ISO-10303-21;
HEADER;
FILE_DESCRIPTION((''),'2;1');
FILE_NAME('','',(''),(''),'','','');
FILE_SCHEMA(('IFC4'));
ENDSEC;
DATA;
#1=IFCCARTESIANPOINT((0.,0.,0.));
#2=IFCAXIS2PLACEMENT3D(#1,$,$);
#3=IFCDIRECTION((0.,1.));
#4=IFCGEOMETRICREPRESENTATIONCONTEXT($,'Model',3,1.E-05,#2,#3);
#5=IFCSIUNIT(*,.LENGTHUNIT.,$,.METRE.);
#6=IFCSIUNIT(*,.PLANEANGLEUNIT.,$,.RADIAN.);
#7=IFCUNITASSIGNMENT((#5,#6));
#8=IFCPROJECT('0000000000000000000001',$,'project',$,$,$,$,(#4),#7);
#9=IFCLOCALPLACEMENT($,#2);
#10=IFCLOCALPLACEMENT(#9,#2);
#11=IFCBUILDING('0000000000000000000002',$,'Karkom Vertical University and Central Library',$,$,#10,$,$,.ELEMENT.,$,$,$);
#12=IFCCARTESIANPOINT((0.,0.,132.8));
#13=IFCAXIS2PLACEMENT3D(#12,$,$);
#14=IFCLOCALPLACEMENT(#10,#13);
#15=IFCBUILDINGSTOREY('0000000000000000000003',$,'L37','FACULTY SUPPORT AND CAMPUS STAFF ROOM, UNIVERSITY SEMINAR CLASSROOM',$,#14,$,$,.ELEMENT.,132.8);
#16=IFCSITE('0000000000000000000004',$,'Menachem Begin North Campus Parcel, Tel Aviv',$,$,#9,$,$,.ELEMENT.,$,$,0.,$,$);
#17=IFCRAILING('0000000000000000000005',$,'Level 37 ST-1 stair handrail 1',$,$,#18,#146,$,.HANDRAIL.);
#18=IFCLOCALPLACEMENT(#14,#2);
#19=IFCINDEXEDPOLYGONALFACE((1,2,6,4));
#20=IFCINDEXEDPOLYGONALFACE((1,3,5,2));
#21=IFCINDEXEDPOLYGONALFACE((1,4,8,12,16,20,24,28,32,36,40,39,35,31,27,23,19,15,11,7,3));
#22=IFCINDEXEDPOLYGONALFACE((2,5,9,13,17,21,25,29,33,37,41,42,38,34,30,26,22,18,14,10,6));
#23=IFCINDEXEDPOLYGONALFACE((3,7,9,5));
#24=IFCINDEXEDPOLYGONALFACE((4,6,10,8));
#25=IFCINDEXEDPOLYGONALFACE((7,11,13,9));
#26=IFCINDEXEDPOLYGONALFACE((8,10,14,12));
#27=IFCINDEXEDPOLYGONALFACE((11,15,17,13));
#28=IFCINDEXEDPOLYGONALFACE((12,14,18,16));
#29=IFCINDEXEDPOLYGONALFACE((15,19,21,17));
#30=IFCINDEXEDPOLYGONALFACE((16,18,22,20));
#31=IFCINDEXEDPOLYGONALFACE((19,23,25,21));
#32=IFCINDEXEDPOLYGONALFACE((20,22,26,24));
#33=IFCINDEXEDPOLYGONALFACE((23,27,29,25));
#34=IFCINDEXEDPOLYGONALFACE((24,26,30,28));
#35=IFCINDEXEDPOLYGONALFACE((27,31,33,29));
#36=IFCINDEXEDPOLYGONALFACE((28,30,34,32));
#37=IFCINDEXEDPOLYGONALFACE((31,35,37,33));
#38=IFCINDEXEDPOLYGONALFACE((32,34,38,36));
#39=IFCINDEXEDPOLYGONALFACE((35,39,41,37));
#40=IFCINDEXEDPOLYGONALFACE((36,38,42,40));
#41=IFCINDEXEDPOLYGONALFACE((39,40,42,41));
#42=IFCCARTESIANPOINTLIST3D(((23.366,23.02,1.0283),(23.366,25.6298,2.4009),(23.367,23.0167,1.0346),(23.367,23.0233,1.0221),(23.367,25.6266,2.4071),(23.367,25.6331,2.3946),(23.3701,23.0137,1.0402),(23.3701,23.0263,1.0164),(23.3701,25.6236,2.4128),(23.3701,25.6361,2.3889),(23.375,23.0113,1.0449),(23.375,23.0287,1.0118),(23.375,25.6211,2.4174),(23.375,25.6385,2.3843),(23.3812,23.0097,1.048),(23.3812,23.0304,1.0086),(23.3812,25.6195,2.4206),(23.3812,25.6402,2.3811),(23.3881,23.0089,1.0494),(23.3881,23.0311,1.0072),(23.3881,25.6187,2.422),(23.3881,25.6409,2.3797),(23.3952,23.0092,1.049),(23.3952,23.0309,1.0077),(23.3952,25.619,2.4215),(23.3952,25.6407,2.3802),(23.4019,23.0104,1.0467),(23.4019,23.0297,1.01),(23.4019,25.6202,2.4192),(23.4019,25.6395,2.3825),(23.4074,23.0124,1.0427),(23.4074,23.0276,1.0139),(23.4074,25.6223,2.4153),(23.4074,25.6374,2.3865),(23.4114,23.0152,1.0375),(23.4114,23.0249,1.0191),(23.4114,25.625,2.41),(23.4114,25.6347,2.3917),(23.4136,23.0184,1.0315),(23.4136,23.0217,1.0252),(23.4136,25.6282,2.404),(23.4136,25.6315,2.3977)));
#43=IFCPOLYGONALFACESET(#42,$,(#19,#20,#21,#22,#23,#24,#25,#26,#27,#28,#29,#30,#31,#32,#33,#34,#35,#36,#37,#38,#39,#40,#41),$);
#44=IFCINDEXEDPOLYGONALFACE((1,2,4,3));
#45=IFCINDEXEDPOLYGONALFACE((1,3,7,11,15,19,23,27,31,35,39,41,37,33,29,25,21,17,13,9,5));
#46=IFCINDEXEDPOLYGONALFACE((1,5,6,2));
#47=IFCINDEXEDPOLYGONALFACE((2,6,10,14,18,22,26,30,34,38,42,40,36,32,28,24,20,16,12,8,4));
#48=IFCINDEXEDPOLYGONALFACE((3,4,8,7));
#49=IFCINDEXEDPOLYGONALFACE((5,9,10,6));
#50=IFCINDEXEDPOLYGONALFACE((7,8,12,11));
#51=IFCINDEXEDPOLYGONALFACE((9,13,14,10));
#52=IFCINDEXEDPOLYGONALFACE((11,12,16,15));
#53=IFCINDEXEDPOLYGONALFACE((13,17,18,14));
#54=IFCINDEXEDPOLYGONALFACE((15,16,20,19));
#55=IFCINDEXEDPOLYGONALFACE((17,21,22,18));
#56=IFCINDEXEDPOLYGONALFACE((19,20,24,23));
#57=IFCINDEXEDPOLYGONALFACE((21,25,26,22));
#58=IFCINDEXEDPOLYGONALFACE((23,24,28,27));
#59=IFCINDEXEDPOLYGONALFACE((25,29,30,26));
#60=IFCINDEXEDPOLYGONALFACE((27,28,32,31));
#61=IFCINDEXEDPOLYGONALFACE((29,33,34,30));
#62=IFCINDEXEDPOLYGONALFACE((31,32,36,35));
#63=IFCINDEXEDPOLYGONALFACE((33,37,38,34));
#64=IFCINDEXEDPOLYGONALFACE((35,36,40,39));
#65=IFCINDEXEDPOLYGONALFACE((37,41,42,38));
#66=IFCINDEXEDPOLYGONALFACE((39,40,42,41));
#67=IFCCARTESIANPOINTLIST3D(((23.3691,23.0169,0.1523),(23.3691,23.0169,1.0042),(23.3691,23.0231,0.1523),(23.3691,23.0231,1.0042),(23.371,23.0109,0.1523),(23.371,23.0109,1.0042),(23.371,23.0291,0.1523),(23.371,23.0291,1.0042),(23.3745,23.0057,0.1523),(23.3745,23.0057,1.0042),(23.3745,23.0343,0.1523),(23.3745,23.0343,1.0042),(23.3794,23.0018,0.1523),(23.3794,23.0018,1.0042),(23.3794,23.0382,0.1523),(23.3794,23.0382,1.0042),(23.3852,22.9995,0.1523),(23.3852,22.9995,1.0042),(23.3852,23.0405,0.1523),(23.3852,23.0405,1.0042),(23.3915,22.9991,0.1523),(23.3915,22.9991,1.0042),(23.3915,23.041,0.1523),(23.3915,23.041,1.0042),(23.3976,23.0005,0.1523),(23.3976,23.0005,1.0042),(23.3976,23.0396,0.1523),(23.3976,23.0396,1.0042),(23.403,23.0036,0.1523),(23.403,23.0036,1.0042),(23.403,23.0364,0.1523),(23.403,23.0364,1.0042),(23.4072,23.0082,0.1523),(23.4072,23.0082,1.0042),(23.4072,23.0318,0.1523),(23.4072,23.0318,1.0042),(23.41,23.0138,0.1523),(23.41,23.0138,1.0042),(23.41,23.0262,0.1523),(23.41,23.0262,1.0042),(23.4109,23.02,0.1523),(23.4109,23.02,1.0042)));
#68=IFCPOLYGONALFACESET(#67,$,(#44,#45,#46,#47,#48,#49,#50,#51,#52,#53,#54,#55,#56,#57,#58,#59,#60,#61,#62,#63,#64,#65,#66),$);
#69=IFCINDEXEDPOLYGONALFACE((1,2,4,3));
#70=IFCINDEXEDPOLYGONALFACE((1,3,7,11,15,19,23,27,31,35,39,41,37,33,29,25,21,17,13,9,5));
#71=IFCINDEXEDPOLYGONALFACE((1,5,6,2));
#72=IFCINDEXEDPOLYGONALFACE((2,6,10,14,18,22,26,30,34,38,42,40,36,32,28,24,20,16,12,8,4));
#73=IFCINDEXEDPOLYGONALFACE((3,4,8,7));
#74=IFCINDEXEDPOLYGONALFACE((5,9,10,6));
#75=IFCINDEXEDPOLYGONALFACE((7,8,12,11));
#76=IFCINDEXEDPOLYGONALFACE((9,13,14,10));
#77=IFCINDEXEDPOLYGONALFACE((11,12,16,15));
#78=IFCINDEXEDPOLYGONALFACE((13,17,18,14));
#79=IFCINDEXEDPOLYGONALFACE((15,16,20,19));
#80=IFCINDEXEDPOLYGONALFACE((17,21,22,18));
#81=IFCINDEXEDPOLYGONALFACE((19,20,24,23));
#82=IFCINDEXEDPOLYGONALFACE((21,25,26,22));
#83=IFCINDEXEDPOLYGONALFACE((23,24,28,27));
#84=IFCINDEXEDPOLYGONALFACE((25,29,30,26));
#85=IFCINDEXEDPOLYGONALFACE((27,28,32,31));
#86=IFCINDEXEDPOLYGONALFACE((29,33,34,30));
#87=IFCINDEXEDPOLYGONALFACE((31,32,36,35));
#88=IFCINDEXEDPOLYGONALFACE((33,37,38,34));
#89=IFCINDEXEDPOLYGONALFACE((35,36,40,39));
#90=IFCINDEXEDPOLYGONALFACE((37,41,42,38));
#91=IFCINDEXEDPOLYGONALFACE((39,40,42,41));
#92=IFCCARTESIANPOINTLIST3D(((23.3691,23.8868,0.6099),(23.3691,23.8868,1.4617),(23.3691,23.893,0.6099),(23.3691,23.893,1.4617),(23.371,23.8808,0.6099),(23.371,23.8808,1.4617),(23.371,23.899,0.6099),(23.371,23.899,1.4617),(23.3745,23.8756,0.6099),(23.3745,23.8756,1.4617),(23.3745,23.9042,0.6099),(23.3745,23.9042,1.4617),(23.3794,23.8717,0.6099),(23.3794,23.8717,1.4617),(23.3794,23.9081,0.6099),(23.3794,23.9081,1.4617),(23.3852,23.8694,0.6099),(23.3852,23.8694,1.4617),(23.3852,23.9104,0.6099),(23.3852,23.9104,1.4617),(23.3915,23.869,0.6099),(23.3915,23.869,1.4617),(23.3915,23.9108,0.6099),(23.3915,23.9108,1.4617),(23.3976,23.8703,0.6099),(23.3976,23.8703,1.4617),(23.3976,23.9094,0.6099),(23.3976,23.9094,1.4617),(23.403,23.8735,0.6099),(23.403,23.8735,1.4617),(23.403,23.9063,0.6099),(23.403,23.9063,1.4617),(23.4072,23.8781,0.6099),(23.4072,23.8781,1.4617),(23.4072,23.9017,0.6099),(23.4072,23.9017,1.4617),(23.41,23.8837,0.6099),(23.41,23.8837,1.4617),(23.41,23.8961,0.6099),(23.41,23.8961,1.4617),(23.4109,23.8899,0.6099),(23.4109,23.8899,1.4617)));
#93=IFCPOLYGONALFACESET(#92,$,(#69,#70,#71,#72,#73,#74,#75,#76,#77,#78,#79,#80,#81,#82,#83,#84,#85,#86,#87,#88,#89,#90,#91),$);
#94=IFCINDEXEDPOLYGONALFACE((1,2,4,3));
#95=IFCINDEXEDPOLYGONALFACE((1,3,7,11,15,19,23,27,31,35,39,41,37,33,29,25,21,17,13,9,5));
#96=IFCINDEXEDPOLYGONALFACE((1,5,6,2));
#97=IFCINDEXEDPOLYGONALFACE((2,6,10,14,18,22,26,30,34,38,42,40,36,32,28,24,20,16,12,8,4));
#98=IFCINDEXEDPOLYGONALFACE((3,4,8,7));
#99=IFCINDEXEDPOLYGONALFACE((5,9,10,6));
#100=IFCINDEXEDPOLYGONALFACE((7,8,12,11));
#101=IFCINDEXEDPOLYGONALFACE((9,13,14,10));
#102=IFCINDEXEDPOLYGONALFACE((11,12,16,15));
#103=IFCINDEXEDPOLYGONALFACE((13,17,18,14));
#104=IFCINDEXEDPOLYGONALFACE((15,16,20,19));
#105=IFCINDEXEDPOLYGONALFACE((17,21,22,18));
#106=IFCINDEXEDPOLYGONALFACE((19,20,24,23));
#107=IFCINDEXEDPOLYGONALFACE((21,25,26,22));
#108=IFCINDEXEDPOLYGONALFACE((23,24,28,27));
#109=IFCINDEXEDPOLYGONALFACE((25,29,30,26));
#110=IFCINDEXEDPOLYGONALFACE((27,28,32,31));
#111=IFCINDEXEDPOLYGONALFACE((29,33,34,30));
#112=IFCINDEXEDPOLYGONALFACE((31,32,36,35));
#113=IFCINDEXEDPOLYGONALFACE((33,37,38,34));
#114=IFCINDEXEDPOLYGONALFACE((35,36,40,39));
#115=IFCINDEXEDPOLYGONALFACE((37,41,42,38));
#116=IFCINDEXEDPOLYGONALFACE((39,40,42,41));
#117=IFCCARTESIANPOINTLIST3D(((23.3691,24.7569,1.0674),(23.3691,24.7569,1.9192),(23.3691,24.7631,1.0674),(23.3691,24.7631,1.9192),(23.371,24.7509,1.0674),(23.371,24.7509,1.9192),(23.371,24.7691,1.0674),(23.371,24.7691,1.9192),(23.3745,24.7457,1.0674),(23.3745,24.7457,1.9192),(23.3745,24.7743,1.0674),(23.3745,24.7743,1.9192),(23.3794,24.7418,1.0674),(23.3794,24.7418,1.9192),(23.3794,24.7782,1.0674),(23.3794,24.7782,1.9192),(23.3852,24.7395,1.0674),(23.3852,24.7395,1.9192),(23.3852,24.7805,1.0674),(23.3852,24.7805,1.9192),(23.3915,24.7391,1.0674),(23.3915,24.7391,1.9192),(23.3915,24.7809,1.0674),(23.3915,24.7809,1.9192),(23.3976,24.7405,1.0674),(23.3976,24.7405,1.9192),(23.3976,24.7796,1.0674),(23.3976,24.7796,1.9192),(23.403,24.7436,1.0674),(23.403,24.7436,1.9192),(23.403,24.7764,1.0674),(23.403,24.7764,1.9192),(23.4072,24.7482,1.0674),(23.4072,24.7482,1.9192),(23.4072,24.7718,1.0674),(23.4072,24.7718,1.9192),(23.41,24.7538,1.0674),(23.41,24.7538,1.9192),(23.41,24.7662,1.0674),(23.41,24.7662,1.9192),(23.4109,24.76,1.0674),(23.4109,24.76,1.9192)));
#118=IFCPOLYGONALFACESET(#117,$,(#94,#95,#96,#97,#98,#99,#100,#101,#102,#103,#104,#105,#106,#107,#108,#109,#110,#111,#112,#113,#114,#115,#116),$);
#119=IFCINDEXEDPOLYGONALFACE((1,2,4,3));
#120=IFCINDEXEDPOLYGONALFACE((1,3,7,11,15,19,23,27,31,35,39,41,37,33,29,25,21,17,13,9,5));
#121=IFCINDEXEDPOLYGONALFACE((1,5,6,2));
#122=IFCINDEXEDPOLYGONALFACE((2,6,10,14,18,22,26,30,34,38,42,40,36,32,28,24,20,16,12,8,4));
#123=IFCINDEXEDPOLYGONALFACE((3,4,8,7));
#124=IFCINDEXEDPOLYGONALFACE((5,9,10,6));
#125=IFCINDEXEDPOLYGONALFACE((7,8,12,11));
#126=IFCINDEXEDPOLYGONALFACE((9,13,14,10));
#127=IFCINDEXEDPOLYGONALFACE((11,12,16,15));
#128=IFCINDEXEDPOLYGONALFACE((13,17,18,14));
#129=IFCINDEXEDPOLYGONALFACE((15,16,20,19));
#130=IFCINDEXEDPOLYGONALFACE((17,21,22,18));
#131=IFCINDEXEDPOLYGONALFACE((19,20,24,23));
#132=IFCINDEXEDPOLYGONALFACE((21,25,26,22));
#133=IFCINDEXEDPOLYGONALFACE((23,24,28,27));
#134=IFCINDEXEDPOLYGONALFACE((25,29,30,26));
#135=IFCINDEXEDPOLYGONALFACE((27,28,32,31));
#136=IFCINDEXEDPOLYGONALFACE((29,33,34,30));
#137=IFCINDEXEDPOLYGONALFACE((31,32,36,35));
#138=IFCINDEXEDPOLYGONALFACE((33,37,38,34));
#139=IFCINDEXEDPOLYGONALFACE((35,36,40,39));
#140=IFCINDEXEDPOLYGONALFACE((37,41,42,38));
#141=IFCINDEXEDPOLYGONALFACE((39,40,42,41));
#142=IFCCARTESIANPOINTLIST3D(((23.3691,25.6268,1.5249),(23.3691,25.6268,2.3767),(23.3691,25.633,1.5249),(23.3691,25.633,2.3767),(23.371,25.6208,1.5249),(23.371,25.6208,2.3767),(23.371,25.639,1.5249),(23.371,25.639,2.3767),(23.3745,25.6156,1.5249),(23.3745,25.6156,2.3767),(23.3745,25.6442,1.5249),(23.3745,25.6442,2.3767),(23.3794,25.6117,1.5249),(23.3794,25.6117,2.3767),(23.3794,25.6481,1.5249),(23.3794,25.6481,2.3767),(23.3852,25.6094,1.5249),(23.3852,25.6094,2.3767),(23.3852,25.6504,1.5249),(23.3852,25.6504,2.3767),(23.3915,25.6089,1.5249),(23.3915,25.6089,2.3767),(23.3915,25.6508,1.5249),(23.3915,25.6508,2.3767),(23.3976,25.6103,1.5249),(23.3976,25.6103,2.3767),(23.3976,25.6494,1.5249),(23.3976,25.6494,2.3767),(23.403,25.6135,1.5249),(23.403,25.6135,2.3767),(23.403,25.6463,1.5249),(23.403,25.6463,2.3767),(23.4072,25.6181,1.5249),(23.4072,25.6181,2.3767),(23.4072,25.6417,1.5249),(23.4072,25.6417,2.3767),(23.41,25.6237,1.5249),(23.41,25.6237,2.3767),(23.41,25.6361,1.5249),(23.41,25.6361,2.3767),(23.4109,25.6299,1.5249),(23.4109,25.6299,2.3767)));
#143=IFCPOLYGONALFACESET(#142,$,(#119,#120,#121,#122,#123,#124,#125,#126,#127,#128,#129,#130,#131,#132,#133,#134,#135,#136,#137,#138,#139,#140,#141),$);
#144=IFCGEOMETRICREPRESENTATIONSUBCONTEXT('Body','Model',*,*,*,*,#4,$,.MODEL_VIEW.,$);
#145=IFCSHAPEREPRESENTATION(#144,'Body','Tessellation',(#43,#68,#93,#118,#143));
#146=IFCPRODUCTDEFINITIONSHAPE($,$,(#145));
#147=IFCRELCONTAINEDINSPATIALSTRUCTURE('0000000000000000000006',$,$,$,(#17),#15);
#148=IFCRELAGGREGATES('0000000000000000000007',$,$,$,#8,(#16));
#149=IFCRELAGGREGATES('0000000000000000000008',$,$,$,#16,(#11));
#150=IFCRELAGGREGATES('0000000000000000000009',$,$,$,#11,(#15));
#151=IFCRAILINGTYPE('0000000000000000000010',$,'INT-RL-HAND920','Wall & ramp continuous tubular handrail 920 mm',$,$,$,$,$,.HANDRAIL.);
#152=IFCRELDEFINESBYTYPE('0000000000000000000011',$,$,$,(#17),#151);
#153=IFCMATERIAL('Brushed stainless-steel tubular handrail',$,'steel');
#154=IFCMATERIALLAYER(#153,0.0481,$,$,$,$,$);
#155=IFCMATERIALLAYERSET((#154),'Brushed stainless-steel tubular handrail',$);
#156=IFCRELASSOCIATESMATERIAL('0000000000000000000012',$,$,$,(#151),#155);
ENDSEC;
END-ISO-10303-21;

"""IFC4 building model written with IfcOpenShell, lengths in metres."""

from ifc_helpers import new_model, si_unit, direction, frame, origin, origin_2d, place, context, subcontext, project, spatial, circle, extrude, material, layer, layer_set, type_object, element, save


model = new_model("IFC4")

# Units and contexts
model_context = context("Model", 3, precision=1e-05, world=origin(), true_north=direction((0.0, 1.0)))
body_context = subcontext(model_context, "Body", "Model", "MODEL_VIEW")
ifc_project = project(units=[si_unit("LENGTHUNIT", "METRE"), si_unit("PLANEANGLEUNIT", "RADIAN")], contexts=[model_context])

# Site, building, storey
site_placement = place(None, origin())
site = spatial("IfcSite", under=ifc_project, at=site_placement, Name="Menachem Begin North Campus Parcel, Tel Aviv", CompositionType="ELEMENT", RefElevation=0.0)
building_placement = place(site_placement, origin())
building = spatial("IfcBuilding", under=site, at=building_placement, Name="Karkom Vertical University and Central Library", CompositionType="ELEMENT")
storey_placement = place(building_placement, frame((0.0, 0.0, 132.8)))
storey = spatial("IfcBuildingStorey", under=building, at=storey_placement, Name="L37", Description="FACULTY SUPPORT AND CAMPUS STAFF ROOM, UNIVERSITY SEMINAR CLASSROOM", CompositionType="ELEMENT", Elevation=132.8)

# Railing
ifc_material_1 = material(Name="Brushed stainless-steel tubular handrail", Category="steel")
ifc_layer_1 = layer(ifc_material_1, 0.0481)
ifc_layer_set_1 = layer_set([ifc_layer_1], Name="Brushed stainless-steel tubular handrail")
railing_type_1 = type_object("IfcRailingType", Name="INT-RL-HAND920", Description="Wall & ramp continuous tubular handrail 920 mm", PredefinedType="HANDRAIL", material=ifc_layer_set_1)
railing_1_placement = place(storey_placement, frame((23.3899, 23.02, 0.1523)))
element("IfcRailing", 1, at=railing_1_placement, inside=storey, type_object=railing_type_1, Name="Level 37 ST-1 stair handrail 1", PredefinedType="HANDRAIL", context=body_context, shape_type="SweptSolid", body=[
    extrude(circle(Radius=0.0239, at=origin_2d()), frame((0.0, 0.0, 0.876), z_axis=(0.0, 0.885065, 0.465467), x_axis=(-1.0, 0.0, 0.0)), (0.0, 0.0, 1.0), 2.9487),
    extrude(circle(Radius=0.021, at=origin_2d()), origin(), (0.0, 0.0, 1.0), 0.8518),
    extrude(circle(Radius=0.021, at=origin_2d()), frame((0.0, 0.8699, 0.4575)), (0.0, 0.0, 1.0), 0.8518),
    extrude(circle(Radius=0.021, at=origin_2d()), frame((0.0, 1.74, 0.915)), (0.0, 0.0, 1.0), 0.8518),
    extrude(circle(Radius=0.021, at=origin_2d()), frame((0.0, 2.6099, 1.3726)), (0.0, 0.0, 1.0), 0.8518),
])

save(model, "model.ifc")
